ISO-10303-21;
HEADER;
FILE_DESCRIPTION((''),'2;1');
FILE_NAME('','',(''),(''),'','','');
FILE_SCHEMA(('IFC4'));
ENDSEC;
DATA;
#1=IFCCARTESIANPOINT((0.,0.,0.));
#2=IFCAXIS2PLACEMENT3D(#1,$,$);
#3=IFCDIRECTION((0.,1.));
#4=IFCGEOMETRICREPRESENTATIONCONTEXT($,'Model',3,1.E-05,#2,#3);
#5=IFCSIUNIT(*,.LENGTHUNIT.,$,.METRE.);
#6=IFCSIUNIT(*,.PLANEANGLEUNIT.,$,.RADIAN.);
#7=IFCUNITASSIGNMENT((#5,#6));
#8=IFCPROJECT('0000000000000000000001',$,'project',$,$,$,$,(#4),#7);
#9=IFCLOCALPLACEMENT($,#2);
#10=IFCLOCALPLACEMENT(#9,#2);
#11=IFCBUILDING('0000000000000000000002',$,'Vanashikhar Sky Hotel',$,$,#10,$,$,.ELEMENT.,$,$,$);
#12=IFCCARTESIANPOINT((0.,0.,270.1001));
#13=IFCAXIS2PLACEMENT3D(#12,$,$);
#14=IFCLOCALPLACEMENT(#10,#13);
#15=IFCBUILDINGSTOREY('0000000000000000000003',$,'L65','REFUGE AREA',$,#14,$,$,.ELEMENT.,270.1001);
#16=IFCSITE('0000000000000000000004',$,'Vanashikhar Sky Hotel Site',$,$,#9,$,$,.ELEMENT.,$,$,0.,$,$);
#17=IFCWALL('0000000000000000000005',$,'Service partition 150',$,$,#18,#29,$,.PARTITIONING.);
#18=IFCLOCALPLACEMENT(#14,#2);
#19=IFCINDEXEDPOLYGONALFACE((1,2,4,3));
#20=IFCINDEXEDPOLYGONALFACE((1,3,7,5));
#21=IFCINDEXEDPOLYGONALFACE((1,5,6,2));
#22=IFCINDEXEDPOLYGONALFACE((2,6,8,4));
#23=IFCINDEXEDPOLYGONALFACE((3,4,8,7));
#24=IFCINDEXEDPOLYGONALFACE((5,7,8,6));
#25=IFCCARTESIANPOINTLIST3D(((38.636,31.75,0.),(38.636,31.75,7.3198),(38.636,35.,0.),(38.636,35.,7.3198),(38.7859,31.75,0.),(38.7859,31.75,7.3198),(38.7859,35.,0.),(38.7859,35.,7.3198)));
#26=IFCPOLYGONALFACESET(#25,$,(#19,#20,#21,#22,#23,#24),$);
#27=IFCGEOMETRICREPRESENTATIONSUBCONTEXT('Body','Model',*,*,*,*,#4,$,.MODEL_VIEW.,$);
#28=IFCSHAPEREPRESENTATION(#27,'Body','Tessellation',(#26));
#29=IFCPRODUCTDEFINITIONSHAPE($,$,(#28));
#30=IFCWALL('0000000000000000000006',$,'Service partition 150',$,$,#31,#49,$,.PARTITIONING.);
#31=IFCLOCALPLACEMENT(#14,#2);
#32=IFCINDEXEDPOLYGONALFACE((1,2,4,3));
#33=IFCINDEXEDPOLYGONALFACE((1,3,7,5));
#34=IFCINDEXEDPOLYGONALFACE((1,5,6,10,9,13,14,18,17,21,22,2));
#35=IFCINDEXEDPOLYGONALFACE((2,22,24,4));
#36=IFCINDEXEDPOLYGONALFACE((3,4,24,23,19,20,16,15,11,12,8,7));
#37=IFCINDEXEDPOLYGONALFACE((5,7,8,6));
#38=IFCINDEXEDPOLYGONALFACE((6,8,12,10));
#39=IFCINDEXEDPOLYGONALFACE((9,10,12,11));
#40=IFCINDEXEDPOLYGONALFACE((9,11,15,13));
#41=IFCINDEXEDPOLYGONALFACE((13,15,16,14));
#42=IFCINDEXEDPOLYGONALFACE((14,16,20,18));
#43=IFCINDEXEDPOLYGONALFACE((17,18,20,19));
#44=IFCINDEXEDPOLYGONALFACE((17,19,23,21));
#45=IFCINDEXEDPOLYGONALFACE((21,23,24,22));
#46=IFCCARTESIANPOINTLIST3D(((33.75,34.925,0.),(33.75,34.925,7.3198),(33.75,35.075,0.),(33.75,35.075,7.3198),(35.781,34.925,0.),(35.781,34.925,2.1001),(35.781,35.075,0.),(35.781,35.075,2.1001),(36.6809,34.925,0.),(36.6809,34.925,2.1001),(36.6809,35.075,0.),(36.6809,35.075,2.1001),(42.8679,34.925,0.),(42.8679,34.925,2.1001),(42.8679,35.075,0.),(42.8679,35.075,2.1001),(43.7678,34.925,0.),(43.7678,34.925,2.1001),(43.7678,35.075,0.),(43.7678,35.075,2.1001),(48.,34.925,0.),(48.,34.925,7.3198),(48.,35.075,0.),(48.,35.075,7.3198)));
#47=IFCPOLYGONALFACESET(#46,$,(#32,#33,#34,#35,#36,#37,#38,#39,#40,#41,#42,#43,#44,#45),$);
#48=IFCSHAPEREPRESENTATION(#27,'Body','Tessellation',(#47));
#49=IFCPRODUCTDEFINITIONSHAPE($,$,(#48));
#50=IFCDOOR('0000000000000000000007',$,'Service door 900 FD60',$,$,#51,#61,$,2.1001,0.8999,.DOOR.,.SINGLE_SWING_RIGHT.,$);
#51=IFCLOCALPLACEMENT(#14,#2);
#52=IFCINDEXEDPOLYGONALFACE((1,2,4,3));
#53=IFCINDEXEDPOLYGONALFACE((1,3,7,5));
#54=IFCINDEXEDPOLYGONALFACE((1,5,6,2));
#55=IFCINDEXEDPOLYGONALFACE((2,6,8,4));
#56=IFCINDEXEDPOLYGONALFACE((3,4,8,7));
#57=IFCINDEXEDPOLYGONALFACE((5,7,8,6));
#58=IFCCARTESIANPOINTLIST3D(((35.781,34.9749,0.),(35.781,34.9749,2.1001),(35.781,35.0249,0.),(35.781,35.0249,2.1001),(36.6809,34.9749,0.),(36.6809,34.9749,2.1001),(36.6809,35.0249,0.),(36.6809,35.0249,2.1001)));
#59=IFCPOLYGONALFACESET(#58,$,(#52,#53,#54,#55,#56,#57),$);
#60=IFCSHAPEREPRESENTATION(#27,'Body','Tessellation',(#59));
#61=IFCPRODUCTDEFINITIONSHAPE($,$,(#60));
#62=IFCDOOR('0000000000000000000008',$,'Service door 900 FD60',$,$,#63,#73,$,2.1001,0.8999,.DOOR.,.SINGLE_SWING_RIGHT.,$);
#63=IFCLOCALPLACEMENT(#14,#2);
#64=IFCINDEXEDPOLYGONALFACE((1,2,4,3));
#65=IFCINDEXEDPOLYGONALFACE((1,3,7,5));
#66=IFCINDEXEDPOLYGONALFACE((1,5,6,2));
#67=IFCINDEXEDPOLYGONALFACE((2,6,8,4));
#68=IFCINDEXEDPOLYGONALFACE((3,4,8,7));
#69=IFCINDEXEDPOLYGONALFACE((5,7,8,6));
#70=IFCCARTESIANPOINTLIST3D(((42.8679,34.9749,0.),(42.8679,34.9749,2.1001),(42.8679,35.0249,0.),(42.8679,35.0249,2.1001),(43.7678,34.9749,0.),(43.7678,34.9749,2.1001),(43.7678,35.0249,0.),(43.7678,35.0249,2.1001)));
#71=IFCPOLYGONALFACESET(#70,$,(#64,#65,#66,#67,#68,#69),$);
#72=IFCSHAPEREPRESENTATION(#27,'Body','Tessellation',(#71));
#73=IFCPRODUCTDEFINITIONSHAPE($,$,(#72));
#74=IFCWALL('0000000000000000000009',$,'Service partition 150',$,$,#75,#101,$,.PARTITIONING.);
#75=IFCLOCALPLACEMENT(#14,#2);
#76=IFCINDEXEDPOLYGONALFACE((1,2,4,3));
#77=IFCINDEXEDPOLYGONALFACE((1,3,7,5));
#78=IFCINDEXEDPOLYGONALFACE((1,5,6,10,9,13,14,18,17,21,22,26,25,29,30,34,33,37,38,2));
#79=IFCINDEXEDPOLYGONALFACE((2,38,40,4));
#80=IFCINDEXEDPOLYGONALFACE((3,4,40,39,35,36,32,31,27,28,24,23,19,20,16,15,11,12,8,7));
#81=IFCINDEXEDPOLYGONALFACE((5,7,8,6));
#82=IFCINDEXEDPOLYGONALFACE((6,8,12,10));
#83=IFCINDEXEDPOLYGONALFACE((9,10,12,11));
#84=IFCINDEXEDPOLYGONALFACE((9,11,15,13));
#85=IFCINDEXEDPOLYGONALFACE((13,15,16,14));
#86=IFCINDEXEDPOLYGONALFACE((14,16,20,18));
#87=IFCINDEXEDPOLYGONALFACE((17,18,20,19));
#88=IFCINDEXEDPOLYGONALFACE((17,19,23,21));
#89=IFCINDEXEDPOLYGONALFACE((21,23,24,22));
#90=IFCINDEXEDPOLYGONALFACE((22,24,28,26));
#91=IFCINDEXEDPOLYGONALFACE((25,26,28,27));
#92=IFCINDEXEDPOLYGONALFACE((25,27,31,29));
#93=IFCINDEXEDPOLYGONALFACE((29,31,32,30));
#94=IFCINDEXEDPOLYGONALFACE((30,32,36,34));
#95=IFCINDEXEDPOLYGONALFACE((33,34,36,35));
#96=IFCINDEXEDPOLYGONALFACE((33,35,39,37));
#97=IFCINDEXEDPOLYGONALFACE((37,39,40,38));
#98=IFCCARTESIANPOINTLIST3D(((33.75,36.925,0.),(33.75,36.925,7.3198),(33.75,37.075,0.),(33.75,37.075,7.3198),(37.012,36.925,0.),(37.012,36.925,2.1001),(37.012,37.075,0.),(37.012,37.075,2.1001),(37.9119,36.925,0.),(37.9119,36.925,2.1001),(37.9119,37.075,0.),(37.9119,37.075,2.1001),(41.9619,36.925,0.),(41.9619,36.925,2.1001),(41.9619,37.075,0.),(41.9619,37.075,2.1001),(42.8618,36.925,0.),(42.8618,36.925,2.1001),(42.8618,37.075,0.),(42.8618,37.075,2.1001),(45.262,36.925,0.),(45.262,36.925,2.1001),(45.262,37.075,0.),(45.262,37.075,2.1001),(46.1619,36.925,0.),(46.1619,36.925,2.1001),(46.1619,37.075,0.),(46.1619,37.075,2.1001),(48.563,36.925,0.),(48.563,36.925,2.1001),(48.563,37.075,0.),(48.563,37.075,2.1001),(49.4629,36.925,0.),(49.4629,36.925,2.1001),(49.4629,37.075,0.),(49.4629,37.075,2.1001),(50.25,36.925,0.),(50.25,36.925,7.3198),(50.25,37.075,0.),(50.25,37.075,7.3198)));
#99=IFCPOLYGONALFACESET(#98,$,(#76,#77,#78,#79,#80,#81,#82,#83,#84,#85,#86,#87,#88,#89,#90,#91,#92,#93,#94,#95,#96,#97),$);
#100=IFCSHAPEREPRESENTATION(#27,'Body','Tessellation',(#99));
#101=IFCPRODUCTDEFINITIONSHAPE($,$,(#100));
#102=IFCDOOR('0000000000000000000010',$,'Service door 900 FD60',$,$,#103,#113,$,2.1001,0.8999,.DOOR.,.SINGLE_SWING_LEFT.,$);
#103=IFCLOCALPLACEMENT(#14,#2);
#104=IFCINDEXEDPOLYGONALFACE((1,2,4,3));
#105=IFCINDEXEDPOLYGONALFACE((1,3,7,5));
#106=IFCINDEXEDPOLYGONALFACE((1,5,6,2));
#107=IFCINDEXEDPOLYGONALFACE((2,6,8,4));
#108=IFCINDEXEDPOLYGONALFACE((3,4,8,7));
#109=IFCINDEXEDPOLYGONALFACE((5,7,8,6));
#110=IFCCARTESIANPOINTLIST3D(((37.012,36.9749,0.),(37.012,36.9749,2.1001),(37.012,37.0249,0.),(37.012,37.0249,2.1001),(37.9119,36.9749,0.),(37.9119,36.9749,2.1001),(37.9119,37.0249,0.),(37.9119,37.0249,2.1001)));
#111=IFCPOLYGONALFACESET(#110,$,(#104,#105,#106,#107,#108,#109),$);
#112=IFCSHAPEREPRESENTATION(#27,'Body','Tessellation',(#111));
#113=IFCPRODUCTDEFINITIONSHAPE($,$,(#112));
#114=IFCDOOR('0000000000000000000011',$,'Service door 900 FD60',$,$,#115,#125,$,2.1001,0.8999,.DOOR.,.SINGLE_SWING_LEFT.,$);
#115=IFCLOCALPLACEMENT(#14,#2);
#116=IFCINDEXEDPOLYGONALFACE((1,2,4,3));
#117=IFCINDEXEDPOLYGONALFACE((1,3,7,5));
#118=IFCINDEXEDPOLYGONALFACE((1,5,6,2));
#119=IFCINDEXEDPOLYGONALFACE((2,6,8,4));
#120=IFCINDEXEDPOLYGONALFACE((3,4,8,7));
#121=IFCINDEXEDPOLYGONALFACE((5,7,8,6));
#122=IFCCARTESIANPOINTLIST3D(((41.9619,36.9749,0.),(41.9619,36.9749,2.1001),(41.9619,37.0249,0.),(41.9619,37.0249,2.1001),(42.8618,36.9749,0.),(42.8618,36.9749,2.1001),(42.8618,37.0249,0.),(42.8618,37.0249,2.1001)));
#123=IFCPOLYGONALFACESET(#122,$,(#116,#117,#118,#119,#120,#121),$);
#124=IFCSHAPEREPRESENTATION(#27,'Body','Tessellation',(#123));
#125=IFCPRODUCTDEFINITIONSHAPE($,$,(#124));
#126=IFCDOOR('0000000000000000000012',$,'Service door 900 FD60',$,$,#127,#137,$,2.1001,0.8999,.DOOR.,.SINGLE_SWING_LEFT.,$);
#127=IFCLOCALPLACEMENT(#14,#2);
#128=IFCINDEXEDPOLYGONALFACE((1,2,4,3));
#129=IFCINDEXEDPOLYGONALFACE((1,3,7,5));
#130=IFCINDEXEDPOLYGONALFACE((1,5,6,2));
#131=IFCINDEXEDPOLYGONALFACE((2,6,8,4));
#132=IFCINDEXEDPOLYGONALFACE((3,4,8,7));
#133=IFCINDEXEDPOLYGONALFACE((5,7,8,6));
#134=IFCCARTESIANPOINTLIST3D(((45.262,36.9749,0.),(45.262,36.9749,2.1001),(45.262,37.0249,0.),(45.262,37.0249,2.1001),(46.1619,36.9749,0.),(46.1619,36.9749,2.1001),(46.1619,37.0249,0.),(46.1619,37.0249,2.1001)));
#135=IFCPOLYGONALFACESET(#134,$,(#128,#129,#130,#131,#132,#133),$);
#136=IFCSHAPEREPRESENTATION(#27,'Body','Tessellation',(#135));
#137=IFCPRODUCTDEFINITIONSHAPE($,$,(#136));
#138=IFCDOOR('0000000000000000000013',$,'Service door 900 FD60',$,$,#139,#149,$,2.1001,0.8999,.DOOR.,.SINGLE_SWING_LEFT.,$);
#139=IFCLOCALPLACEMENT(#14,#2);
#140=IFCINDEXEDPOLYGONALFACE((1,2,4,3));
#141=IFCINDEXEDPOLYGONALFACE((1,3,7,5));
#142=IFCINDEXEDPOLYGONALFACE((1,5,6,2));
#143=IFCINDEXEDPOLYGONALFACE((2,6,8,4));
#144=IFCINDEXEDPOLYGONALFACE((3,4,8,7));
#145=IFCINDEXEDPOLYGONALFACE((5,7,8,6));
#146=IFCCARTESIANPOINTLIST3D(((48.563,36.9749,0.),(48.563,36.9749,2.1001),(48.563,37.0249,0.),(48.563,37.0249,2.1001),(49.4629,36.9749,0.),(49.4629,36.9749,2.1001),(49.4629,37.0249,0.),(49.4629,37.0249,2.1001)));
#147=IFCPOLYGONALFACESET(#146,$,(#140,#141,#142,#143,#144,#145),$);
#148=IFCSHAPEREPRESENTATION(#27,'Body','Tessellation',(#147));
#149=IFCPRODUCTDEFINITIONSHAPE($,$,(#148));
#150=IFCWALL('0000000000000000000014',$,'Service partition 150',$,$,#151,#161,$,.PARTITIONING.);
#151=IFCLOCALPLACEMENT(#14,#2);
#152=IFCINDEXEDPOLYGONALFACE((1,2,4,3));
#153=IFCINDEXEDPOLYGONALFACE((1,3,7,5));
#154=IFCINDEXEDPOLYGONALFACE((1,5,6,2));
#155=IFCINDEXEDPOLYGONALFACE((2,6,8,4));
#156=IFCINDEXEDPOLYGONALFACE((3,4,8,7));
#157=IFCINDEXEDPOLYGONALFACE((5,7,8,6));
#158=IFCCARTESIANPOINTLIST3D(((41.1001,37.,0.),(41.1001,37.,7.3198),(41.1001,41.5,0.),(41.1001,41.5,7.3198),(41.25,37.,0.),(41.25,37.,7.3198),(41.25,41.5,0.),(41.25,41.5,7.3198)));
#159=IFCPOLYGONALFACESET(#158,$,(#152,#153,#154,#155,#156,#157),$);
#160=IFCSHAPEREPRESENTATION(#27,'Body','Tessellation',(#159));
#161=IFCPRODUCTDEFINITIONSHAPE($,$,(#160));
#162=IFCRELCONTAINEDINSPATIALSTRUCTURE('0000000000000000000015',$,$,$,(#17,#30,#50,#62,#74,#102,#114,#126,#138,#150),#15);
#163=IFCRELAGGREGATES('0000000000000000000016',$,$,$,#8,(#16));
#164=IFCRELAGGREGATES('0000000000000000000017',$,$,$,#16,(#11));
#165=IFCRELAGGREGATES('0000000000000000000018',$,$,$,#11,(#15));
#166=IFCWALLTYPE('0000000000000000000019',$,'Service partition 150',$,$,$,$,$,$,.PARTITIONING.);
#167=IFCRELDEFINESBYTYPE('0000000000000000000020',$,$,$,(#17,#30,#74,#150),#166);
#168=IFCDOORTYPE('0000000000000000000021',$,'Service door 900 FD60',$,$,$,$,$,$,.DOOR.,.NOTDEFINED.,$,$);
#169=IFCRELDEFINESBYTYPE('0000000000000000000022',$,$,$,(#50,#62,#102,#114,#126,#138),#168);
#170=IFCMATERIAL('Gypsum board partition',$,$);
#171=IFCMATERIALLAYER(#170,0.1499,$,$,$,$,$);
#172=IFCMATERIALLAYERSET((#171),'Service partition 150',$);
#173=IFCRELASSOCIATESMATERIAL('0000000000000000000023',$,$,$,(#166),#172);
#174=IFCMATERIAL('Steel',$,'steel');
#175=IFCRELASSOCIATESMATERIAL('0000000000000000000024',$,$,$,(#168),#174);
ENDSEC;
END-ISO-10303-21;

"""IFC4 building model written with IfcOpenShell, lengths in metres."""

from ifc_helpers import new_model, si_unit, direction, frame, frame_2d, origin, place, context, subcontext, project, spatial, rectangle, extrude, source, transform, mapped, material, layer, layer_set, type_object, element, fill, save


model = new_model("IFC4")

# Units and contexts
model_context = context("Model", 3, precision=1e-05, world=origin(), true_north=direction((0.0, 1.0)))
body_context = subcontext(model_context, "Body", "Model", "MODEL_VIEW")
ifc_project = project(units=[si_unit("LENGTHUNIT", "METRE"), si_unit("PLANEANGLEUNIT", "RADIAN")], contexts=[model_context])

# Site, building, storey
site_placement = place(None, origin())
site = spatial("IfcSite", under=ifc_project, at=site_placement, Name="Vanashikhar Sky Hotel Site", CompositionType="ELEMENT", RefElevation=0.0)
building_placement = place(site_placement, origin())
building = spatial("IfcBuilding", under=site, at=building_placement, Name="Vanashikhar Sky Hotel", CompositionType="ELEMENT")
storey_placement = place(building_placement, frame((0.0, 0.0, 270.1001)))
storey = spatial("IfcBuildingStorey", under=building, at=storey_placement, Name="L65", Description="REFUGE AREA", CompositionType="ELEMENT", Elevation=270.1001)

# Wall
ifc_material_1 = material(Name="Gypsum board partition")
ifc_layer_1 = layer(ifc_material_1, 0.1499)
ifc_layer_set_1 = layer_set([ifc_layer_1], Name="Service partition 150")
wall_type_1 = type_object("IfcWallType", Name="Service partition 150", PredefinedType="PARTITIONING", material=ifc_layer_set_1)
shared_shape_1 = source(origin(), body_context, "Body", "SweptSolid", [
    extrude(rectangle(XDim=3.25, YDim=0.1499, at=frame_2d((1.625, 0.0))), origin(), (0.0, 0.0, 1.0), 7.3198),
])
wall_1_placement = place(storey_placement, frame((38.7109, 31.75, 0.0), z_axis=(0.0, 0.0, 1.0), x_axis=(0.0, 1.0, 0.0)))
element("IfcWall", 1, at=wall_1_placement, inside=storey, type_object=wall_type_1, Name="Service partition 150", PredefinedType="PARTITIONING", context=body_context, shape_type="MappedRepresentation", body=[
    mapped(shared_shape_1, transform((0.0, 0.0, 0.0), scale=1.0)),
])

# Walls, openings, doors
shared_shape_2 = source(origin(), body_context, "Body", "SweptSolid", [
    extrude(rectangle(XDim=14.25, YDim=0.1499, at=frame_2d((7.125, 0.0))), origin(), (0.0, 0.0, 1.0), 7.3198),
])
wall_2_placement = place(storey_placement, frame((33.75, 35.0, 0.0), z_axis=(0.0, 0.0, 1.0), x_axis=(1.0, 0.0, 0.0)))
wall_2 = element("IfcWall", 2, at=wall_2_placement, inside=storey, type_object=wall_type_1, Name="Service partition 150", PredefinedType="PARTITIONING", context=body_context, shape_type="MappedRepresentation", body=[
    mapped(shared_shape_2, transform((0.0, 0.0, 0.0), scale=1.0)),
])
shared_shape_3 = source(origin(), body_context, "Body", "SweptSolid", [
    extrude(rectangle(XDim=0.8999, YDim=2.1001, at=frame_2d((0.45, 1.05))), frame((0.0, 0.085, 0.0), z_axis=(0.0, -1.0, 0.0), x_axis=(1.0, 0.0, 0.0)), (0.0, 0.0, 1.0), 0.1699),
])
opening_1_placement = place(wall_2_placement, frame((2.031, 0.0, 0.0)))
opening_1 = element("IfcOpeningElement", 3, at=opening_1_placement, cuts=wall_2, PredefinedType="OPENING", context=body_context, shape_type="MappedRepresentation", body=[
    mapped(shared_shape_3, transform((0.0, 0.0, 0.0), scale=1.0)),
])
opening_2_placement = place(wall_2_placement, frame((9.1179, 0.0, 0.0)))
opening_2 = element("IfcOpeningElement", 4, at=opening_2_placement, cuts=wall_2, PredefinedType="OPENING", context=body_context, shape_type="MappedRepresentation", body=[
    mapped(shared_shape_3, transform((0.0, 0.0, 0.0), scale=1.0)),
])
ifc_material_2 = material(Name="Steel", Category="steel")
door_type_1 = type_object("IfcDoorType", Name="Service door 900 FD60", OperationType="NOTDEFINED", PredefinedType="DOOR", material=ifc_material_2)
shared_shape_4 = source(origin(), body_context, "Body", "SweptSolid", [
    extrude(rectangle(XDim=0.8999, YDim=2.1001, at=frame_2d((0.45, 1.05))), frame((0.0, 0.0249, 0.0), z_axis=(0.0, -1.0, 0.0), x_axis=(1.0, 0.0, 0.0)), (0.0, 0.0, 1.0), 0.05),
])
door_1_placement = place(opening_1_placement, origin())
door_1 = element("IfcDoor", 5, at=door_1_placement, inside=storey, type_object=door_type_1, Name="Service door 900 FD60", OperationType="SINGLE_SWING_RIGHT", OverallHeight=2.1001, OverallWidth=0.8999, PredefinedType="DOOR", context=body_context, shape_type="MappedRepresentation", body=[
    mapped(shared_shape_4, transform((0.0, 0.0, 0.0), scale=1.0)),
])
fill(opening_1, door_1)
door_2_placement = place(opening_2_placement, origin())
door_2 = element("IfcDoor", 6, at=door_2_placement, inside=storey, type_object=door_type_1, Name="Service door 900 FD60", OperationType="SINGLE_SWING_RIGHT", OverallHeight=2.1001, OverallWidth=0.8999, PredefinedType="DOOR", context=body_context, shape_type="MappedRepresentation", body=[
    mapped(shared_shape_4, transform((0.0, 0.0, 0.0), scale=1.0)),
])
fill(opening_2, door_2)
shared_shape_5 = source(origin(), body_context, "Body", "SweptSolid", [
    extrude(rectangle(XDim=16.5, YDim=0.1499, at=frame_2d((8.25, 0.0))), origin(), (0.0, 0.0, 1.0), 7.3198),
])
wall_3_placement = place(storey_placement, frame((33.75, 37.0, 0.0), z_axis=(0.0, 0.0, 1.0), x_axis=(1.0, 0.0, 0.0)))
wall_3 = element("IfcWall", 7, at=wall_3_placement, inside=storey, type_object=wall_type_1, Name="Service partition 150", PredefinedType="PARTITIONING", context=body_context, shape_type="MappedRepresentation", body=[
    mapped(shared_shape_5, transform((0.0, 0.0, 0.0), scale=1.0)),
])
opening_3_placement = place(wall_3_placement, frame((3.262, 0.0, 0.0)))
opening_3 = element("IfcOpeningElement", 8, at=opening_3_placement, cuts=wall_3, PredefinedType="OPENING", context=body_context, shape_type="MappedRepresentation", body=[
    mapped(shared_shape_3, transform((0.0, 0.0, 0.0), scale=1.0)),
])
opening_4_placement = place(wall_3_placement, frame((8.2119, 0.0, 0.0)))
opening_4 = element("IfcOpeningElement", 9, at=opening_4_placement, cuts=wall_3, PredefinedType="OPENING", context=body_context, shape_type="MappedRepresentation", body=[
    mapped(shared_shape_3, transform((0.0, 0.0, 0.0), scale=1.0)),
])
opening_5_placement = place(wall_3_placement, frame((11.512, 0.0, 0.0)))
opening_5 = element("IfcOpeningElement", 10, at=opening_5_placement, cuts=wall_3, PredefinedType="OPENING", context=body_context, shape_type="MappedRepresentation", body=[
    mapped(shared_shape_3, transform((0.0, 0.0, 0.0), scale=1.0)),
])
opening_6_placement = place(wall_3_placement, frame((14.813, 0.0, 0.0)))
opening_6 = element("IfcOpeningElement", 11, at=opening_6_placement, cuts=wall_3, PredefinedType="OPENING", context=body_context, shape_type="MappedRepresentation", body=[
    mapped(shared_shape_3, transform((0.0, 0.0, 0.0), scale=1.0)),
])
door_3_placement = place(opening_3_placement, origin())
door_3 = element("IfcDoor", 12, at=door_3_placement, inside=storey, type_object=door_type_1, Name="Service door 900 FD60", OperationType="SINGLE_SWING_LEFT", OverallHeight=2.1001, OverallWidth=0.8999, PredefinedType="DOOR", context=body_context, shape_type="MappedRepresentation", body=[
    mapped(shared_shape_4, transform((0.0, 0.0, 0.0), scale=1.0)),
])
fill(opening_3, door_3)
door_4_placement = place(opening_4_placement, origin())
door_4 = element("IfcDoor", 13, at=door_4_placement, inside=storey, type_object=door_type_1, Name="Service door 900 FD60", OperationType="SINGLE_SWING_LEFT", OverallHeight=2.1001, OverallWidth=0.8999, PredefinedType="DOOR", context=body_context, shape_type="MappedRepresentation", body=[
    mapped(shared_shape_4, transform((0.0, 0.0, 0.0), scale=1.0)),
])
fill(opening_4, door_4)
door_5_placement = place(opening_5_placement, origin())
door_5 = element("IfcDoor", 14, at=door_5_placement, inside=storey, type_object=door_type_1, Name="Service door 900 FD60", OperationType="SINGLE_SWING_LEFT", OverallHeight=2.1001, OverallWidth=0.8999, PredefinedType="DOOR", context=body_context, shape_type="MappedRepresentation", body=[
    mapped(shared_shape_4, transform((0.0, 0.0, 0.0), scale=1.0)),
])
fill(opening_5, door_5)
door_6_placement = place(opening_6_placement, origin())
door_6 = element("IfcDoor", 15, at=door_6_placement, inside=storey, type_object=door_type_1, Name="Service door 900 FD60", OperationType="SINGLE_SWING_LEFT", OverallHeight=2.1001, OverallWidth=0.8999, PredefinedType="DOOR", context=body_context, shape_type="MappedRepresentation", body=[
    mapped(shared_shape_4, transform((0.0, 0.0, 0.0), scale=1.0)),
])
fill(opening_6, door_6)

# Wall
shared_shape_6 = source(origin(), body_context, "Body", "SweptSolid", [
    extrude(rectangle(XDim=4.5, YDim=0.1499, at=frame_2d((2.25, 0.0))), origin(), (0.0, 0.0, 1.0), 7.3198),
])
wall_4_placement = place(storey_placement, frame((41.175, 37.0, 0.0), z_axis=(0.0, 0.0, 1.0), x_axis=(0.0, 1.0, 0.0)))
element("IfcWall", 16, at=wall_4_placement, inside=storey, type_object=wall_type_1, Name="Service partition 150", PredefinedType="PARTITIONING", context=body_context, shape_type="MappedRepresentation", body=[
    mapped(shared_shape_6, transform((0.0, 0.0, 0.0), scale=1.0)),
])

save(model, "model.ifc")
